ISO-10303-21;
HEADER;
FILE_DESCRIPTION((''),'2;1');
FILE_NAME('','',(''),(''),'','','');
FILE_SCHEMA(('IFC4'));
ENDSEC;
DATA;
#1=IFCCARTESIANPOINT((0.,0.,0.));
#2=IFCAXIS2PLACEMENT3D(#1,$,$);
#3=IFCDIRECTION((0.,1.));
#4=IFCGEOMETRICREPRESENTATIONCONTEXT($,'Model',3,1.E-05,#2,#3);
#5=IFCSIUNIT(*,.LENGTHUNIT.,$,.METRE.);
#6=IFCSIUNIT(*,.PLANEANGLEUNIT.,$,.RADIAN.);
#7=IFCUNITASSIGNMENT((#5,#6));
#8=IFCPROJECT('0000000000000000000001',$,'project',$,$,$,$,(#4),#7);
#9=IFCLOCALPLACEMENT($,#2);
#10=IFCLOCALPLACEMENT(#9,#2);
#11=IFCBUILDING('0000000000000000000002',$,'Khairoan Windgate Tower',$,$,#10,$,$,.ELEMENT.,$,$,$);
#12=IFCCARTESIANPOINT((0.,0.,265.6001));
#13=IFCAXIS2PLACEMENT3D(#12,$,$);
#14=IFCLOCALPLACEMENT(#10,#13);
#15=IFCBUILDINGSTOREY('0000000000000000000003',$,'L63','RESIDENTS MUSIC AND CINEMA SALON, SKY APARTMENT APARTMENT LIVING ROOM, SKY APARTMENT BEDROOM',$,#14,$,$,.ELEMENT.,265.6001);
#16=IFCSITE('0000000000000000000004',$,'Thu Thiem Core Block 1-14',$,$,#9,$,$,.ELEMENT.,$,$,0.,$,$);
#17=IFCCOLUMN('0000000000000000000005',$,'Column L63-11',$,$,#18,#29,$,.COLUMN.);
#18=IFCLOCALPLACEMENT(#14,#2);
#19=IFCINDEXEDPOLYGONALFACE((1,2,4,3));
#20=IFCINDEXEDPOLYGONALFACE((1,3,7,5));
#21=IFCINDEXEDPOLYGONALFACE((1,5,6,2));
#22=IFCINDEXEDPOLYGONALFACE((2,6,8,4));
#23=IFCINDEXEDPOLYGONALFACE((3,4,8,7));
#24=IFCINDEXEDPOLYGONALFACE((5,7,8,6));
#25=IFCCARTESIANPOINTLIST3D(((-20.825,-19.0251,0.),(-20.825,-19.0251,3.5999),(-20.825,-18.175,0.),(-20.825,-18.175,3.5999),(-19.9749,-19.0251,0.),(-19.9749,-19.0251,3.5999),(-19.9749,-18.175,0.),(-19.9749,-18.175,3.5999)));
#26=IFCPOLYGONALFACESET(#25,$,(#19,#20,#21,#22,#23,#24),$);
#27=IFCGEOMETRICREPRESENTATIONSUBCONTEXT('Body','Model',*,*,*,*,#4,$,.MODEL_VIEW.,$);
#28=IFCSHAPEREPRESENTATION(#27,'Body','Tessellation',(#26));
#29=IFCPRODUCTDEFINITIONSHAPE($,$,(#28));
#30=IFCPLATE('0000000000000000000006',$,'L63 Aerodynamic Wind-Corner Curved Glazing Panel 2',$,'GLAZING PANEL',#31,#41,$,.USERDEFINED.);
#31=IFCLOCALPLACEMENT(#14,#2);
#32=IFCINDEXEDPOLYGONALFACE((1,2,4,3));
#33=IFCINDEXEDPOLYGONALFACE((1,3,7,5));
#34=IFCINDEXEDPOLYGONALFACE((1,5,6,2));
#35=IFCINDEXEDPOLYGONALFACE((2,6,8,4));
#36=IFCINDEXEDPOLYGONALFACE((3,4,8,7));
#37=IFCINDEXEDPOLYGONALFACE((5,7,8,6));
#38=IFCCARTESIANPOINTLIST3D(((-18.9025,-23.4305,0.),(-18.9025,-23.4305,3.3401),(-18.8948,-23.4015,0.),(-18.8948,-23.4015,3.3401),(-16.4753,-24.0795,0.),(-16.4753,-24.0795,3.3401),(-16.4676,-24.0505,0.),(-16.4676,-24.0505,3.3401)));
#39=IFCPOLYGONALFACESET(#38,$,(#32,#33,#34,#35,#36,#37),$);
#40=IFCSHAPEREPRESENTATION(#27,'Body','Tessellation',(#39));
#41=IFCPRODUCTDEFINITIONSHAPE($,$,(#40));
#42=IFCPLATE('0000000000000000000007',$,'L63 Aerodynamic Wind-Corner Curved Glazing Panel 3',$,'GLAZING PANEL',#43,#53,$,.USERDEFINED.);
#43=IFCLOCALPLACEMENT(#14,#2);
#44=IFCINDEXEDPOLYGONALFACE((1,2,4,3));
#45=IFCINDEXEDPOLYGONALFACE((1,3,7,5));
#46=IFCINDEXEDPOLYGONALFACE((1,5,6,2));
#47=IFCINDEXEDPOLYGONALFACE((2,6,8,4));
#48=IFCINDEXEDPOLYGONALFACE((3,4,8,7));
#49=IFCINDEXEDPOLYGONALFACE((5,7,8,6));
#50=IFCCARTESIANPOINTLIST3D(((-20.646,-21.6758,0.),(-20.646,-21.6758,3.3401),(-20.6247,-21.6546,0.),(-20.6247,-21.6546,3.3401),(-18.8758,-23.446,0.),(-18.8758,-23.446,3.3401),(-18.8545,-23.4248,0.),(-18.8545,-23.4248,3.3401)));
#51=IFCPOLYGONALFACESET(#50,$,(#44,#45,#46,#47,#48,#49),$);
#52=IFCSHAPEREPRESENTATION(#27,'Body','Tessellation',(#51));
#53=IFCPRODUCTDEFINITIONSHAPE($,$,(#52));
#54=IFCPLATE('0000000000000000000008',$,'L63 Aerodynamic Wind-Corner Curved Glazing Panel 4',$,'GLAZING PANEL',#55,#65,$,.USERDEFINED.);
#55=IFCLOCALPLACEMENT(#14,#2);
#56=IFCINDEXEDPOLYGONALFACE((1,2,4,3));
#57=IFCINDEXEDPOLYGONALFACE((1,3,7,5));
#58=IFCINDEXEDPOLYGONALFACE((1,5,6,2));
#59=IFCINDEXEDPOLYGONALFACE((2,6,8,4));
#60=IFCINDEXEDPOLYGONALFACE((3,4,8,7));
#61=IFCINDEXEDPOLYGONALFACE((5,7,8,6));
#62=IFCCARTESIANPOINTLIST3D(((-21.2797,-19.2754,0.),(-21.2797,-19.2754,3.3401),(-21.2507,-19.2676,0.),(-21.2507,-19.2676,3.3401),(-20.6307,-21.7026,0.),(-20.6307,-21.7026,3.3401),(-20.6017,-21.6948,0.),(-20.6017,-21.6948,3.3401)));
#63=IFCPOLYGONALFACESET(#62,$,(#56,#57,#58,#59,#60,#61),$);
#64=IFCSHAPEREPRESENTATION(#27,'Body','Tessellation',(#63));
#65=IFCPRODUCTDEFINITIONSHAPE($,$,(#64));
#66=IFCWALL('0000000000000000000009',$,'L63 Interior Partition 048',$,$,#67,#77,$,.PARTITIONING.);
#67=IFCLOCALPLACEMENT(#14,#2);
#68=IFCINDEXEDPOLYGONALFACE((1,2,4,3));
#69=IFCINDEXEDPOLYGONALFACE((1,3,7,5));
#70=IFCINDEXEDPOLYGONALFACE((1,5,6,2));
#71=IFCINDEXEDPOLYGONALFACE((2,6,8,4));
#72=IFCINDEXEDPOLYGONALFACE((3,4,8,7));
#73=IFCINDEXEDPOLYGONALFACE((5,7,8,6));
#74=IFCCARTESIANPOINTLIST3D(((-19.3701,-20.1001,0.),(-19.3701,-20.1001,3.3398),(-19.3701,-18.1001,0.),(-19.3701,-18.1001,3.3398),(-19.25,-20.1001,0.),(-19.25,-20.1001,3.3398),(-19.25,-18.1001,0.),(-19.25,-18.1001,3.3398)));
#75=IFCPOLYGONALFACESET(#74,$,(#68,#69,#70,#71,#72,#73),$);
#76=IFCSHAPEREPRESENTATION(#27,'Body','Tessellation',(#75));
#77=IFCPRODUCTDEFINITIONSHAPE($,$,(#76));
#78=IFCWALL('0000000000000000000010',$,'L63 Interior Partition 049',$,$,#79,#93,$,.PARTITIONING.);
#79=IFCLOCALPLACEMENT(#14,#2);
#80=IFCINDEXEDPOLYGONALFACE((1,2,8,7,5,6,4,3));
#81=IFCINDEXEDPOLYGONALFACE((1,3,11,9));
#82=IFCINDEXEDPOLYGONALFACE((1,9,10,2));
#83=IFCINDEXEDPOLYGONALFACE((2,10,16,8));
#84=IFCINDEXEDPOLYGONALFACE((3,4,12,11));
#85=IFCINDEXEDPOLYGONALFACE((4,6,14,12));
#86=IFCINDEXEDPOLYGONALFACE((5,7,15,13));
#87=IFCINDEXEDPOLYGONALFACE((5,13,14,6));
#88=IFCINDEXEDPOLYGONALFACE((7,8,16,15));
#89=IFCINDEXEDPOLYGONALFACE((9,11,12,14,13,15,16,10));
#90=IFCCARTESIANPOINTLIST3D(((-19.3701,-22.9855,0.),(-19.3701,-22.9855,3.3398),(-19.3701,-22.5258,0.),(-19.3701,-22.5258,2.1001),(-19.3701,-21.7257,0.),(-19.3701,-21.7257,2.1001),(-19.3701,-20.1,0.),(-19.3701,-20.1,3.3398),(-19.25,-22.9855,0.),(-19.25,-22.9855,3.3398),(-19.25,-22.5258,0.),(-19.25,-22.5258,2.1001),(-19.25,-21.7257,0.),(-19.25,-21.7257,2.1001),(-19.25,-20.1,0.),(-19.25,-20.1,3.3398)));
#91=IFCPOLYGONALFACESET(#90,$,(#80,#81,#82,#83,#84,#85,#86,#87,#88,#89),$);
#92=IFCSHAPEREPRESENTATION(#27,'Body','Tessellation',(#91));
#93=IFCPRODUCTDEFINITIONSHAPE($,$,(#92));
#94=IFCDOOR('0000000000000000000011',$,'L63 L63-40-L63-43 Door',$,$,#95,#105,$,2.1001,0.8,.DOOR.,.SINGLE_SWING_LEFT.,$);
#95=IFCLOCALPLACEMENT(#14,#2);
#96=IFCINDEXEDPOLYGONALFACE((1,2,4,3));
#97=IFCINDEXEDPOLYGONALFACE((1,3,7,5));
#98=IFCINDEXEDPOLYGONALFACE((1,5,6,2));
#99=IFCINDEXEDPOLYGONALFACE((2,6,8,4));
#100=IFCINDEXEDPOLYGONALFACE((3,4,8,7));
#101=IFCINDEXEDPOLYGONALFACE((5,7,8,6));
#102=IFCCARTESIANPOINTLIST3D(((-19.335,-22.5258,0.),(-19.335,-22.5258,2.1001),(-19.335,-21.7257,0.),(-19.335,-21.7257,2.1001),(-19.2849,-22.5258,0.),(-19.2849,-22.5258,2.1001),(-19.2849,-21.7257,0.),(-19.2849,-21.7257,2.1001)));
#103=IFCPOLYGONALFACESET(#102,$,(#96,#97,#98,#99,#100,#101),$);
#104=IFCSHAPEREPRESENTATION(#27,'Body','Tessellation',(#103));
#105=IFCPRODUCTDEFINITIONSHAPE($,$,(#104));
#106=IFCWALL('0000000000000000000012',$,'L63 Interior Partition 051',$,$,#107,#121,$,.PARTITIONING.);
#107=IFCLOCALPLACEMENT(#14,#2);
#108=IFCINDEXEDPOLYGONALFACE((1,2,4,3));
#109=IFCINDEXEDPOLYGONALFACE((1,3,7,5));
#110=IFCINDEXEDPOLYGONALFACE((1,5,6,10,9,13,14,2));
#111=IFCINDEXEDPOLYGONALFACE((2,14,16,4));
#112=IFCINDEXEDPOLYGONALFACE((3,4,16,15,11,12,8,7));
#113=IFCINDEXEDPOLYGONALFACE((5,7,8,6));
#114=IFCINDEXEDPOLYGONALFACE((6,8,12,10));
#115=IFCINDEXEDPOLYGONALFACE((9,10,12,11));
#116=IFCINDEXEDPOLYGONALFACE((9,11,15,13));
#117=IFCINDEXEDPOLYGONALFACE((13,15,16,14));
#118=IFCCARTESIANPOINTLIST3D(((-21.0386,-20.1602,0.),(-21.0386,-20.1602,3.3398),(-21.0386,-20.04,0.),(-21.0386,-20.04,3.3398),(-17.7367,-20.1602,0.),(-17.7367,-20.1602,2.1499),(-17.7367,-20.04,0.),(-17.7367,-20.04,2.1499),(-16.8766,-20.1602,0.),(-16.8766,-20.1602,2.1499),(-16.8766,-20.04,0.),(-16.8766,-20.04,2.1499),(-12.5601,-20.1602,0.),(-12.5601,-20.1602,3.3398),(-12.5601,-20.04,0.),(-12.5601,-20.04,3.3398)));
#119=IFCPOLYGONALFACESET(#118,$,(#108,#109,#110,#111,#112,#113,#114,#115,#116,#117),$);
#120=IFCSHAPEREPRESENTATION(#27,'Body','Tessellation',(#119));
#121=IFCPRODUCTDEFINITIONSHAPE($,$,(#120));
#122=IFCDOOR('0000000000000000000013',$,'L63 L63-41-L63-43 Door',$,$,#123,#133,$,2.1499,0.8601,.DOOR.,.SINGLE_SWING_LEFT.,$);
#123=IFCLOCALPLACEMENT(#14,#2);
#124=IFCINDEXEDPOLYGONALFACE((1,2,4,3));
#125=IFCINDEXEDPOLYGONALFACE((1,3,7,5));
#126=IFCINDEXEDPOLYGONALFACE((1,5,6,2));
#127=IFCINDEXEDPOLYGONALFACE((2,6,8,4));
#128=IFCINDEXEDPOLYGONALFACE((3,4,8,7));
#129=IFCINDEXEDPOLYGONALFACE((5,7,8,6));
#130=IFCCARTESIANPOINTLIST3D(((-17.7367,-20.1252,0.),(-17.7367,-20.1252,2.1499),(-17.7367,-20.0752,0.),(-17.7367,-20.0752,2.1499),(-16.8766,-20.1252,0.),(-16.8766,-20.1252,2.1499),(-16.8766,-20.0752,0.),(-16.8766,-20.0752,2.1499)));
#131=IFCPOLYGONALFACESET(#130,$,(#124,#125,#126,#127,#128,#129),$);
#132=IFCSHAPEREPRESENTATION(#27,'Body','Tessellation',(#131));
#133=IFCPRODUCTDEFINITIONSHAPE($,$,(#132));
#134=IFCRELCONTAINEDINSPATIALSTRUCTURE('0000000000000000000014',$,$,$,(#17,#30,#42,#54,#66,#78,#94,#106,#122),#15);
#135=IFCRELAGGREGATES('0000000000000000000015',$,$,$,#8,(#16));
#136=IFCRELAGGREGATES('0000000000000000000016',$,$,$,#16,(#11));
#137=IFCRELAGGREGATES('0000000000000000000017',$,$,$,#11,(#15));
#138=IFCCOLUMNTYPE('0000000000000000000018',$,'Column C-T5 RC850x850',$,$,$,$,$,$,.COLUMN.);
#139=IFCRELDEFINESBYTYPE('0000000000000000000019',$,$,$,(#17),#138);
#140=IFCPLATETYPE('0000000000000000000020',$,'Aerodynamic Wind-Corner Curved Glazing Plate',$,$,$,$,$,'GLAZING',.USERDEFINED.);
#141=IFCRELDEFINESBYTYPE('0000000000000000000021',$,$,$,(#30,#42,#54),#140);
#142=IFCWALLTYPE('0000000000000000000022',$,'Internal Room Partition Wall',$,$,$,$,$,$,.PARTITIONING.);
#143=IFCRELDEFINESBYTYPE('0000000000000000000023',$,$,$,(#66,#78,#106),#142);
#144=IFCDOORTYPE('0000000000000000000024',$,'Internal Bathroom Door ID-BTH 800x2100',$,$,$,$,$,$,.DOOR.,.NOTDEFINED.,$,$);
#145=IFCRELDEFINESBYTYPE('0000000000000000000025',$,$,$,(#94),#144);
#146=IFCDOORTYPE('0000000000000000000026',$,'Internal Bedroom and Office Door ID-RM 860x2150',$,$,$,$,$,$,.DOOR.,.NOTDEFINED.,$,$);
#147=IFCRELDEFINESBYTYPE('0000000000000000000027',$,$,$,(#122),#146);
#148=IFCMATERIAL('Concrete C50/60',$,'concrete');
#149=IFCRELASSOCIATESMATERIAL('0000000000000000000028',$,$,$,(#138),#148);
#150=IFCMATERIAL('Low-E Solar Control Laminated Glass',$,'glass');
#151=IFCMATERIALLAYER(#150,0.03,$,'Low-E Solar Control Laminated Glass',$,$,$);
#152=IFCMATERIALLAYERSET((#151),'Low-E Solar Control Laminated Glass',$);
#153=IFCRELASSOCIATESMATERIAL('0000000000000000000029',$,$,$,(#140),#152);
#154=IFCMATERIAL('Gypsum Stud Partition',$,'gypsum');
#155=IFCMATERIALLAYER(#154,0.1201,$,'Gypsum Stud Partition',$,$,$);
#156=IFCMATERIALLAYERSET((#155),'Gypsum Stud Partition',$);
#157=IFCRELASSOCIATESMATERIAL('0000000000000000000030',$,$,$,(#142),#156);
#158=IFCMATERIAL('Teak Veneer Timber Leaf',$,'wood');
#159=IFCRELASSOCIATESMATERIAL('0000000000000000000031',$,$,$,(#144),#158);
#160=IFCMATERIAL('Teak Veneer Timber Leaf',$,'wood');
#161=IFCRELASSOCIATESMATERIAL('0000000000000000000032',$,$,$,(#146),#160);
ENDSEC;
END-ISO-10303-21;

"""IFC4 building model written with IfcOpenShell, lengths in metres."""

from ifc_helpers import new_model, si_unit, direction, frame, frame_2d, origin, origin_2d, place, context, subcontext, project, spatial, rectangle, extrude, material, layer, layer_set, material_profile, profile_set, type_object, element, fill, save


model = new_model("IFC4")

# Units and contexts
model_context = context("Model", 3, precision=1e-05, world=origin(), true_north=direction((0.0, 1.0)))
body_context = subcontext(model_context, "Body", "Model", "MODEL_VIEW")
ifc_project = project(units=[si_unit("LENGTHUNIT", "METRE"), si_unit("PLANEANGLEUNIT", "RADIAN")], contexts=[model_context])

# Site, building, storey
site_placement = place(None, origin())
site = spatial("IfcSite", under=ifc_project, at=site_placement, Name="Thu Thiem Core Block 1-14", CompositionType="ELEMENT", RefElevation=0.0)
building_placement = place(site_placement, origin())
building = spatial("IfcBuilding", under=site, at=building_placement, Name="Khairoan Windgate Tower", CompositionType="ELEMENT")
storey_placement = place(building_placement, frame((0.0, 0.0, 265.6001)))
storey = spatial("IfcBuildingStorey", under=building, at=storey_placement, Name="L63", Description="RESIDENTS MUSIC AND CINEMA SALON, SKY APARTMENT APARTMENT LIVING ROOM, SKY APARTMENT BEDROOM", CompositionType="ELEMENT", Elevation=265.6001)

# Column
ifc_material_1 = material(Name="Concrete C50/60", Category="concrete")
ifc_material_profile_1 = material_profile(ifc_material_1, rectangle(XDim=0.8501, YDim=0.8501, at=origin_2d()))
ifc_profile_set_1 = profile_set([ifc_material_profile_1], Name="Concrete C50/60")
column_type = type_object("IfcColumnType", Name="Column C-T5 RC850x850", PredefinedType="COLUMN", material=ifc_profile_set_1)
column_placement = place(storey_placement, frame((-20.3999, -18.6001, 0.0), z_axis=(0.0, 0.0, 1.0), x_axis=(1.0, 0.0, 0.0)))
element("IfcColumn", 1, at=column_placement, inside=storey, type_object=column_type, Name="Column L63-11", PredefinedType="COLUMN", context=body_context, shape_type="SweptSolid", body=[
    extrude(rectangle(XDim=0.8501, YDim=0.8501, at=origin_2d()), origin(), (0.0, 0.0, 1.0), 3.5999),
])

# Plates
ifc_material_2 = material(Name="Low-E Solar Control Laminated Glass", Category="glass")
ifc_layer_1 = layer(ifc_material_2, 0.03, Name="Low-E Solar Control Laminated Glass")
ifc_layer_set_1 = layer_set([ifc_layer_1], Name="Low-E Solar Control Laminated Glass")
plate_type_1 = type_object("IfcPlateType", Name="Aerodynamic Wind-Corner Curved Glazing Plate", ElementType="GLAZING", PredefinedType="USERDEFINED", material=ifc_layer_set_1)
plate_1_placement = place(storey_placement, frame((-17.6851, -23.7405, 0.0), z_axis=(0.0, 0.0, 1.0), x_axis=(-0.966061, 0.258313, 0.0)))
element("IfcPlate", 2, at=plate_1_placement, inside=storey, type_object=plate_type_1, Name="L63 Aerodynamic Wind-Corner Curved Glazing Panel 2", ObjectType="GLAZING PANEL", PredefinedType="USERDEFINED", context=body_context, shape_type="SweptSolid", body=[
    extrude(rectangle(XDim=2.5125, YDim=0.03, at=origin_2d()), origin(), (0.0, 0.0, 1.0), 3.3401),
])
plate_2_placement = place(storey_placement, frame((-19.7502, -22.5503, 0.0), z_axis=(0.0, 0.0, 1.0), x_axis=(-0.707107, 0.707107, 0.0)))
element("IfcPlate", 3, at=plate_2_placement, inside=storey, type_object=plate_type_1, Name="L63 Aerodynamic Wind-Corner Curved Glazing Panel 3", ObjectType="GLAZING PANEL", PredefinedType="USERDEFINED", context=body_context, shape_type="SweptSolid", body=[
    extrude(rectangle(XDim=2.5034, YDim=0.03, at=origin_2d()), origin(), (0.0, 0.0, 1.0), 3.3401),
])
plate_3_placement = place(storey_placement, frame((-20.9407, -20.4851, 0.0), z_axis=(0.0, 0.0, 1.0), x_axis=(-0.258313, 0.966061, 0.0)))
element("IfcPlate", 4, at=plate_3_placement, inside=storey, type_object=plate_type_1, Name="L63 Aerodynamic Wind-Corner Curved Glazing Panel 4", ObjectType="GLAZING PANEL", PredefinedType="USERDEFINED", context=body_context, shape_type="SweptSolid", body=[
    extrude(rectangle(XDim=2.5125, YDim=0.03, at=origin_2d()), origin(), (0.0, 0.0, 1.0), 3.3401),
])

# Wall
ifc_material_3 = material(Name="Gypsum Stud Partition", Category="gypsum")
ifc_layer_2 = layer(ifc_material_3, 0.1201, Name="Gypsum Stud Partition")
ifc_layer_set_2 = layer_set([ifc_layer_2], Name="Gypsum Stud Partition")
wall_type = type_object("IfcWallType", Name="Internal Room Partition Wall", PredefinedType="PARTITIONING", material=ifc_layer_set_2)
wall_1_placement = place(storey_placement, frame((-19.3101, -20.1001, 0.0), z_axis=(0.0, 0.0, 1.0), x_axis=(0.0, 1.0, 0.0)))
element("IfcWall", 5, at=wall_1_placement, inside=storey, type_object=wall_type, Name="L63 Interior Partition 048", PredefinedType="PARTITIONING", context=body_context, shape_type="SweptSolid", body=[
    extrude(rectangle(XDim=2.0, YDim=0.1201, at=frame_2d((1.0, 0.0))), origin(), (0.0, 0.0, 1.0), 3.3398),
])

# Walls, openings, doors
wall_2_placement = place(storey_placement, frame((-19.3101, -22.9856, 0.0), z_axis=(0.0, 0.0, 1.0), x_axis=(0.0, 1.0, 0.0)))
wall_2 = element("IfcWall", 6, at=wall_2_placement, inside=storey, type_object=wall_type, Name="L63 Interior Partition 049", PredefinedType="PARTITIONING", context=body_context, shape_type="SweptSolid", body=[
    extrude(rectangle(XDim=2.8855, YDim=0.1201, at=frame_2d((1.4429, 0.0))), origin(), (0.0, 0.0, 1.0), 3.3398),
])
opening_1_placement = place(wall_2_placement, frame((0.46, 0.0, 0.0)))
opening_1 = element("IfcOpeningElement", 7, at=opening_1_placement, cuts=wall_2, PredefinedType="OPENING", context=body_context, shape_type="SweptSolid", body=[
    extrude(rectangle(XDim=0.8, YDim=2.1001, at=frame_2d((0.3999, 1.05))), frame((0.0, 0.0701, 0.0), z_axis=(0.0, -1.0, 0.0), x_axis=(1.0, 0.0, 0.0)), (0.0, 0.0, 1.0), 0.1401),
])
ifc_material_4 = material(Name="Teak Veneer Timber Leaf", Category="wood")
door_type_1 = type_object("IfcDoorType", Name="Internal Bathroom Door ID-BTH 800x2100", OperationType="NOTDEFINED", PredefinedType="DOOR", material=ifc_material_4)
door_1_placement = place(opening_1_placement, origin())
door_1 = element("IfcDoor", 8, at=door_1_placement, inside=storey, type_object=door_type_1, Name="L63 L63-40-L63-43 Door", OperationType="SINGLE_SWING_LEFT", OverallHeight=2.1001, OverallWidth=0.8, PredefinedType="DOOR", context=body_context, shape_type="SweptSolid", body=[
    extrude(rectangle(XDim=0.8, YDim=2.1001, at=frame_2d((0.3999, 1.05))), frame((0.0, 0.0249, 0.0), z_axis=(0.0, -1.0, 0.0), x_axis=(1.0, 0.0, 0.0)), (0.0, 0.0, 1.0), 0.05),
])
fill(opening_1, door_1)
wall_3_placement = place(storey_placement, frame((-21.0386, -20.1001, 0.0), z_axis=(0.0, 0.0, 1.0), x_axis=(1.0, 0.0, 0.0)))
wall_3 = element("IfcWall", 9, at=wall_3_placement, inside=storey, type_object=wall_type, Name="L63 Interior Partition 051", PredefinedType="PARTITIONING", context=body_context, shape_type="SweptSolid", body=[
    extrude(rectangle(XDim=8.4785, YDim=0.1201, at=frame_2d((4.2393, 0.0))), origin(), (0.0, 0.0, 1.0), 3.3398),
])
opening_2_placement = place(wall_3_placement, frame((3.3018, 0.0, 0.0)))
opening_2 = element("IfcOpeningElement", 10, at=opening_2_placement, cuts=wall_3, PredefinedType="OPENING", context=body_context, shape_type="SweptSolid", body=[
    extrude(rectangle(XDim=0.8601, YDim=2.1499, at=frame_2d((0.4302, 1.075))), frame((0.0, 0.0701, 0.0), z_axis=(0.0, -1.0, 0.0), x_axis=(1.0, 0.0, 0.0)), (0.0, 0.0, 1.0), 0.1401),
])
ifc_material_5 = material(Name="Teak Veneer Timber Leaf", Category="wood")
door_type_2 = type_object("IfcDoorType", Name="Internal Bedroom and Office Door ID-RM 860x2150", OperationType="NOTDEFINED", PredefinedType="DOOR", material=ifc_material_5)
door_2_placement = place(opening_2_placement, origin())
door_2 = element("IfcDoor", 11, at=door_2_placement, inside=storey, type_object=door_type_2, Name="L63 L63-41-L63-43 Door", OperationType="SINGLE_SWING_LEFT", OverallHeight=2.1499, OverallWidth=0.8601, PredefinedType="DOOR", context=body_context, shape_type="SweptSolid", body=[
    extrude(rectangle(XDim=0.8601, YDim=2.1499, at=frame_2d((0.4302, 1.075))), frame((0.0, 0.0249, 0.0), z_axis=(0.0, -1.0, 0.0), x_axis=(1.0, 0.0, 0.0)), (0.0, 0.0, 1.0), 0.05),
])
fill(opening_2, door_2)

save(model, "model.ifc")
